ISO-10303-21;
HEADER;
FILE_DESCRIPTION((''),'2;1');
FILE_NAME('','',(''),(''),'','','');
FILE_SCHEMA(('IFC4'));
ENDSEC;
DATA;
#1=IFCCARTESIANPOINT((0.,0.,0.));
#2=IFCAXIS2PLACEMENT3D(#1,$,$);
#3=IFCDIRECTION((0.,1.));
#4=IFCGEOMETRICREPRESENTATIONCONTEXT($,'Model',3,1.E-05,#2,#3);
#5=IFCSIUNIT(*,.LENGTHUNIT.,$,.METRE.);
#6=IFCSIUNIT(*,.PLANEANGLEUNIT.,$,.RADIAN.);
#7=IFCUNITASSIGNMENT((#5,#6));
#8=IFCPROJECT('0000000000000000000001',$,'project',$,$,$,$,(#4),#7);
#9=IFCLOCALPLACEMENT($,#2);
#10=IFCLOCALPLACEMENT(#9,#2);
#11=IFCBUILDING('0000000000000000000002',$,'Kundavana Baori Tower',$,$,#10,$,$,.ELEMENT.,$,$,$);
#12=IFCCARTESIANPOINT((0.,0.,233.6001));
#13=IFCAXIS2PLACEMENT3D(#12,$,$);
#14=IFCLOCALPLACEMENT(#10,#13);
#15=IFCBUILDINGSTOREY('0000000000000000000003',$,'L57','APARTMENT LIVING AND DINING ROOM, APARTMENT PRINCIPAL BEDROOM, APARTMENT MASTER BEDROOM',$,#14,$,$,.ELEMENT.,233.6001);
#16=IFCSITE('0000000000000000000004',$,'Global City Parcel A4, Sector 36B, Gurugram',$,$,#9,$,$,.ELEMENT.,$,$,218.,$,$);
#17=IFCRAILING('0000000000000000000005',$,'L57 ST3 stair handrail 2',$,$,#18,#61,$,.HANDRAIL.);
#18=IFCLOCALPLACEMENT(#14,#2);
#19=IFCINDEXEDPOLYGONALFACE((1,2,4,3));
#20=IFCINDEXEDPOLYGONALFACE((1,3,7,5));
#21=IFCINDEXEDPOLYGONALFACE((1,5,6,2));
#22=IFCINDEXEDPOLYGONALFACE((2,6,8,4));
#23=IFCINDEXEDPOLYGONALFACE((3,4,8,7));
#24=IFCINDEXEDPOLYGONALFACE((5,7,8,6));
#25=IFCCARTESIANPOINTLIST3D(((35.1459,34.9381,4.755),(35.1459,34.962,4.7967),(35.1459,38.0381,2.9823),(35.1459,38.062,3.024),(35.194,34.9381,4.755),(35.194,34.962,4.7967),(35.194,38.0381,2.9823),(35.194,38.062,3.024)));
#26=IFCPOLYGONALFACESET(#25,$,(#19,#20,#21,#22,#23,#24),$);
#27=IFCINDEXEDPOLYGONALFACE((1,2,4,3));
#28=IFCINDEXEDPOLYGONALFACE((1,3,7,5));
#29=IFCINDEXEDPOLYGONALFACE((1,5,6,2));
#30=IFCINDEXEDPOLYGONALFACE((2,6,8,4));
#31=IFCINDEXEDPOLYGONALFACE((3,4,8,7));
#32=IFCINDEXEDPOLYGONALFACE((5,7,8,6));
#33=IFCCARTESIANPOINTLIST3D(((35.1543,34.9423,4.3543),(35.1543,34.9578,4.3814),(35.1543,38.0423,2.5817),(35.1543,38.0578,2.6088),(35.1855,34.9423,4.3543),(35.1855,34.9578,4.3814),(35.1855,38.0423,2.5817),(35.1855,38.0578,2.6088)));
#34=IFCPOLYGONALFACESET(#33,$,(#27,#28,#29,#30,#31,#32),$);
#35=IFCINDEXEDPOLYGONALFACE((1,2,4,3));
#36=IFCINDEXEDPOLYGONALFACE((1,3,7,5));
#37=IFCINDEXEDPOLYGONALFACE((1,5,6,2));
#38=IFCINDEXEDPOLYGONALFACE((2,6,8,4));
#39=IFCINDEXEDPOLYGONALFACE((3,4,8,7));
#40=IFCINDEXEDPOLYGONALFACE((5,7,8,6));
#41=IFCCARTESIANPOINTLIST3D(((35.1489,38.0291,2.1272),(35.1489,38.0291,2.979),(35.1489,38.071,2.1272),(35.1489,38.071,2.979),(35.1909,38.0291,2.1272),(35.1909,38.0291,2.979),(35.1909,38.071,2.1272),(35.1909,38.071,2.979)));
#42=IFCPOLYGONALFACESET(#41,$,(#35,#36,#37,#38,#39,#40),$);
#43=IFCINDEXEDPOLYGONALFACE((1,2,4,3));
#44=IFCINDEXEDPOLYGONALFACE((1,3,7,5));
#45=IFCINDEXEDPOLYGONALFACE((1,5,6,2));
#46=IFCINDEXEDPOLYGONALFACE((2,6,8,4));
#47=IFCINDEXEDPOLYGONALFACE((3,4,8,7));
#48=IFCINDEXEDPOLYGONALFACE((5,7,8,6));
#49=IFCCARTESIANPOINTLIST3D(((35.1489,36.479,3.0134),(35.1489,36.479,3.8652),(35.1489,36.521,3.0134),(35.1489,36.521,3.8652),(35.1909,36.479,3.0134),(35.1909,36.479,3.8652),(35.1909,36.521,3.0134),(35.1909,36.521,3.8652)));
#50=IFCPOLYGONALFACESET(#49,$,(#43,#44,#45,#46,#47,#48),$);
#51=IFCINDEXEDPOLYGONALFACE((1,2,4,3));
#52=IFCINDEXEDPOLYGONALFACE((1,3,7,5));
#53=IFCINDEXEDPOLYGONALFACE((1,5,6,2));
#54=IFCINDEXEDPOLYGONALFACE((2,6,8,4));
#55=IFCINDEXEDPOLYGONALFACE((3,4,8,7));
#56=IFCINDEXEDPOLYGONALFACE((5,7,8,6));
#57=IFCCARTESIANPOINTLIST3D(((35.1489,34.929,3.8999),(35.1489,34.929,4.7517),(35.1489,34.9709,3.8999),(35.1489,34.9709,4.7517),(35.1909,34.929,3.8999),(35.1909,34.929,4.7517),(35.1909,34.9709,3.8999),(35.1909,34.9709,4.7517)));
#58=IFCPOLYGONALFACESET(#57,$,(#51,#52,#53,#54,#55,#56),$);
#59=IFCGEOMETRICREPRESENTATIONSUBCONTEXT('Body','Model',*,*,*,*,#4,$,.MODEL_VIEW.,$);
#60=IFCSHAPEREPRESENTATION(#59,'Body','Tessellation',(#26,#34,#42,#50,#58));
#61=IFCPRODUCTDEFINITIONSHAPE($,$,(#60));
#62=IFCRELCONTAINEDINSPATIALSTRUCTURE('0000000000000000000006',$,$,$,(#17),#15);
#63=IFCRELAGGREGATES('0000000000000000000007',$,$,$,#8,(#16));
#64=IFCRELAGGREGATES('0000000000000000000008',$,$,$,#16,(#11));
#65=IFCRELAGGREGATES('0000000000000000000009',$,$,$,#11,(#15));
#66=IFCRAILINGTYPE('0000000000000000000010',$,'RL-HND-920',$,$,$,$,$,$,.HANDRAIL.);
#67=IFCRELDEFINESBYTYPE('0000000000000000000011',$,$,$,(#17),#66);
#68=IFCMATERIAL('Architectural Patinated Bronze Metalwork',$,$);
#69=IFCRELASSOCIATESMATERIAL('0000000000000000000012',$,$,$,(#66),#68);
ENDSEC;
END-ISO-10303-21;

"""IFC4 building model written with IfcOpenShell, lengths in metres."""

from ifc_helpers import new_model, si_unit, direction, frame, origin, origin_2d, place, context, subcontext, project, spatial, rectangle, extrude, material, type_object, element, save


model = new_model("IFC4")

# Units and contexts
model_context = context("Model", 3, precision=1e-05, world=origin(), true_north=direction((0.0, 1.0)))
body_context = subcontext(model_context, "Body", "Model", "MODEL_VIEW")
ifc_project = project(units=[si_unit("LENGTHUNIT", "METRE"), si_unit("PLANEANGLEUNIT", "RADIAN")], contexts=[model_context])

# Site, building, storey
site_placement = place(None, origin())
site = spatial("IfcSite", under=ifc_project, at=site_placement, Name="Global City Parcel A4, Sector 36B, Gurugram", CompositionType="ELEMENT", RefElevation=218.0)
building_placement = place(site_placement, origin())
building = spatial("IfcBuilding", under=site, at=building_placement, Name="Kundavana Baori Tower", CompositionType="ELEMENT")
storey_placement = place(building_placement, frame((0.0, 0.0, 233.6001)))
storey = spatial("IfcBuildingStorey", under=building, at=storey_placement, Name="L57", Description="APARTMENT LIVING AND DINING ROOM, APARTMENT PRINCIPAL BEDROOM, APARTMENT MASTER BEDROOM", CompositionType="ELEMENT", Elevation=233.6001)

# Railing
ifc_material_1 = material(Name="Architectural Patinated Bronze Metalwork")
railing_type_1 = type_object("IfcRailingType", Name="RL-HND-920", PredefinedType="HANDRAIL", material=ifc_material_1)
railing_1_placement = place(storey_placement, frame((35.1699, 38.05, 2.1272)))
element("IfcRailing", 1, at=railing_1_placement, inside=storey, type_object=railing_type_1, Name="L57 ST3 stair handrail 2", PredefinedType="HANDRAIL", context=body_context, shape_type="SweptSolid", body=[
    extrude(rectangle(XDim=0.0481, YDim=0.0481, at=origin_2d()), frame((0.0, 0.0, 0.876), z_axis=(0.0, -0.868096, 0.496397), x_axis=(1.0, 0.0, 0.0)), (0.0, 0.0, 1.0), 3.571),
    extrude(rectangle(XDim=0.0312, YDim=0.0312, at=origin_2d()), frame((0.0, 0.0, 0.468), z_axis=(0.0, -0.868096, 0.496397), x_axis=(1.0, 0.0, 0.0)), (0.0, 0.0, 1.0), 3.571),
    extrude(rectangle(XDim=0.042, YDim=0.042, at=origin_2d()), origin(), (0.0, 0.0, 1.0), 0.8518),
    extrude(rectangle(XDim=0.042, YDim=0.042, at=origin_2d()), frame((0.0, -1.55, 0.8862)), (0.0, 0.0, 1.0), 0.8518),
    extrude(rectangle(XDim=0.042, YDim=0.042, at=origin_2d()), frame((0.0, -3.1001, 1.7727)), (0.0, 0.0, 1.0), 0.8518),
])

save(model, "model.ifc")
